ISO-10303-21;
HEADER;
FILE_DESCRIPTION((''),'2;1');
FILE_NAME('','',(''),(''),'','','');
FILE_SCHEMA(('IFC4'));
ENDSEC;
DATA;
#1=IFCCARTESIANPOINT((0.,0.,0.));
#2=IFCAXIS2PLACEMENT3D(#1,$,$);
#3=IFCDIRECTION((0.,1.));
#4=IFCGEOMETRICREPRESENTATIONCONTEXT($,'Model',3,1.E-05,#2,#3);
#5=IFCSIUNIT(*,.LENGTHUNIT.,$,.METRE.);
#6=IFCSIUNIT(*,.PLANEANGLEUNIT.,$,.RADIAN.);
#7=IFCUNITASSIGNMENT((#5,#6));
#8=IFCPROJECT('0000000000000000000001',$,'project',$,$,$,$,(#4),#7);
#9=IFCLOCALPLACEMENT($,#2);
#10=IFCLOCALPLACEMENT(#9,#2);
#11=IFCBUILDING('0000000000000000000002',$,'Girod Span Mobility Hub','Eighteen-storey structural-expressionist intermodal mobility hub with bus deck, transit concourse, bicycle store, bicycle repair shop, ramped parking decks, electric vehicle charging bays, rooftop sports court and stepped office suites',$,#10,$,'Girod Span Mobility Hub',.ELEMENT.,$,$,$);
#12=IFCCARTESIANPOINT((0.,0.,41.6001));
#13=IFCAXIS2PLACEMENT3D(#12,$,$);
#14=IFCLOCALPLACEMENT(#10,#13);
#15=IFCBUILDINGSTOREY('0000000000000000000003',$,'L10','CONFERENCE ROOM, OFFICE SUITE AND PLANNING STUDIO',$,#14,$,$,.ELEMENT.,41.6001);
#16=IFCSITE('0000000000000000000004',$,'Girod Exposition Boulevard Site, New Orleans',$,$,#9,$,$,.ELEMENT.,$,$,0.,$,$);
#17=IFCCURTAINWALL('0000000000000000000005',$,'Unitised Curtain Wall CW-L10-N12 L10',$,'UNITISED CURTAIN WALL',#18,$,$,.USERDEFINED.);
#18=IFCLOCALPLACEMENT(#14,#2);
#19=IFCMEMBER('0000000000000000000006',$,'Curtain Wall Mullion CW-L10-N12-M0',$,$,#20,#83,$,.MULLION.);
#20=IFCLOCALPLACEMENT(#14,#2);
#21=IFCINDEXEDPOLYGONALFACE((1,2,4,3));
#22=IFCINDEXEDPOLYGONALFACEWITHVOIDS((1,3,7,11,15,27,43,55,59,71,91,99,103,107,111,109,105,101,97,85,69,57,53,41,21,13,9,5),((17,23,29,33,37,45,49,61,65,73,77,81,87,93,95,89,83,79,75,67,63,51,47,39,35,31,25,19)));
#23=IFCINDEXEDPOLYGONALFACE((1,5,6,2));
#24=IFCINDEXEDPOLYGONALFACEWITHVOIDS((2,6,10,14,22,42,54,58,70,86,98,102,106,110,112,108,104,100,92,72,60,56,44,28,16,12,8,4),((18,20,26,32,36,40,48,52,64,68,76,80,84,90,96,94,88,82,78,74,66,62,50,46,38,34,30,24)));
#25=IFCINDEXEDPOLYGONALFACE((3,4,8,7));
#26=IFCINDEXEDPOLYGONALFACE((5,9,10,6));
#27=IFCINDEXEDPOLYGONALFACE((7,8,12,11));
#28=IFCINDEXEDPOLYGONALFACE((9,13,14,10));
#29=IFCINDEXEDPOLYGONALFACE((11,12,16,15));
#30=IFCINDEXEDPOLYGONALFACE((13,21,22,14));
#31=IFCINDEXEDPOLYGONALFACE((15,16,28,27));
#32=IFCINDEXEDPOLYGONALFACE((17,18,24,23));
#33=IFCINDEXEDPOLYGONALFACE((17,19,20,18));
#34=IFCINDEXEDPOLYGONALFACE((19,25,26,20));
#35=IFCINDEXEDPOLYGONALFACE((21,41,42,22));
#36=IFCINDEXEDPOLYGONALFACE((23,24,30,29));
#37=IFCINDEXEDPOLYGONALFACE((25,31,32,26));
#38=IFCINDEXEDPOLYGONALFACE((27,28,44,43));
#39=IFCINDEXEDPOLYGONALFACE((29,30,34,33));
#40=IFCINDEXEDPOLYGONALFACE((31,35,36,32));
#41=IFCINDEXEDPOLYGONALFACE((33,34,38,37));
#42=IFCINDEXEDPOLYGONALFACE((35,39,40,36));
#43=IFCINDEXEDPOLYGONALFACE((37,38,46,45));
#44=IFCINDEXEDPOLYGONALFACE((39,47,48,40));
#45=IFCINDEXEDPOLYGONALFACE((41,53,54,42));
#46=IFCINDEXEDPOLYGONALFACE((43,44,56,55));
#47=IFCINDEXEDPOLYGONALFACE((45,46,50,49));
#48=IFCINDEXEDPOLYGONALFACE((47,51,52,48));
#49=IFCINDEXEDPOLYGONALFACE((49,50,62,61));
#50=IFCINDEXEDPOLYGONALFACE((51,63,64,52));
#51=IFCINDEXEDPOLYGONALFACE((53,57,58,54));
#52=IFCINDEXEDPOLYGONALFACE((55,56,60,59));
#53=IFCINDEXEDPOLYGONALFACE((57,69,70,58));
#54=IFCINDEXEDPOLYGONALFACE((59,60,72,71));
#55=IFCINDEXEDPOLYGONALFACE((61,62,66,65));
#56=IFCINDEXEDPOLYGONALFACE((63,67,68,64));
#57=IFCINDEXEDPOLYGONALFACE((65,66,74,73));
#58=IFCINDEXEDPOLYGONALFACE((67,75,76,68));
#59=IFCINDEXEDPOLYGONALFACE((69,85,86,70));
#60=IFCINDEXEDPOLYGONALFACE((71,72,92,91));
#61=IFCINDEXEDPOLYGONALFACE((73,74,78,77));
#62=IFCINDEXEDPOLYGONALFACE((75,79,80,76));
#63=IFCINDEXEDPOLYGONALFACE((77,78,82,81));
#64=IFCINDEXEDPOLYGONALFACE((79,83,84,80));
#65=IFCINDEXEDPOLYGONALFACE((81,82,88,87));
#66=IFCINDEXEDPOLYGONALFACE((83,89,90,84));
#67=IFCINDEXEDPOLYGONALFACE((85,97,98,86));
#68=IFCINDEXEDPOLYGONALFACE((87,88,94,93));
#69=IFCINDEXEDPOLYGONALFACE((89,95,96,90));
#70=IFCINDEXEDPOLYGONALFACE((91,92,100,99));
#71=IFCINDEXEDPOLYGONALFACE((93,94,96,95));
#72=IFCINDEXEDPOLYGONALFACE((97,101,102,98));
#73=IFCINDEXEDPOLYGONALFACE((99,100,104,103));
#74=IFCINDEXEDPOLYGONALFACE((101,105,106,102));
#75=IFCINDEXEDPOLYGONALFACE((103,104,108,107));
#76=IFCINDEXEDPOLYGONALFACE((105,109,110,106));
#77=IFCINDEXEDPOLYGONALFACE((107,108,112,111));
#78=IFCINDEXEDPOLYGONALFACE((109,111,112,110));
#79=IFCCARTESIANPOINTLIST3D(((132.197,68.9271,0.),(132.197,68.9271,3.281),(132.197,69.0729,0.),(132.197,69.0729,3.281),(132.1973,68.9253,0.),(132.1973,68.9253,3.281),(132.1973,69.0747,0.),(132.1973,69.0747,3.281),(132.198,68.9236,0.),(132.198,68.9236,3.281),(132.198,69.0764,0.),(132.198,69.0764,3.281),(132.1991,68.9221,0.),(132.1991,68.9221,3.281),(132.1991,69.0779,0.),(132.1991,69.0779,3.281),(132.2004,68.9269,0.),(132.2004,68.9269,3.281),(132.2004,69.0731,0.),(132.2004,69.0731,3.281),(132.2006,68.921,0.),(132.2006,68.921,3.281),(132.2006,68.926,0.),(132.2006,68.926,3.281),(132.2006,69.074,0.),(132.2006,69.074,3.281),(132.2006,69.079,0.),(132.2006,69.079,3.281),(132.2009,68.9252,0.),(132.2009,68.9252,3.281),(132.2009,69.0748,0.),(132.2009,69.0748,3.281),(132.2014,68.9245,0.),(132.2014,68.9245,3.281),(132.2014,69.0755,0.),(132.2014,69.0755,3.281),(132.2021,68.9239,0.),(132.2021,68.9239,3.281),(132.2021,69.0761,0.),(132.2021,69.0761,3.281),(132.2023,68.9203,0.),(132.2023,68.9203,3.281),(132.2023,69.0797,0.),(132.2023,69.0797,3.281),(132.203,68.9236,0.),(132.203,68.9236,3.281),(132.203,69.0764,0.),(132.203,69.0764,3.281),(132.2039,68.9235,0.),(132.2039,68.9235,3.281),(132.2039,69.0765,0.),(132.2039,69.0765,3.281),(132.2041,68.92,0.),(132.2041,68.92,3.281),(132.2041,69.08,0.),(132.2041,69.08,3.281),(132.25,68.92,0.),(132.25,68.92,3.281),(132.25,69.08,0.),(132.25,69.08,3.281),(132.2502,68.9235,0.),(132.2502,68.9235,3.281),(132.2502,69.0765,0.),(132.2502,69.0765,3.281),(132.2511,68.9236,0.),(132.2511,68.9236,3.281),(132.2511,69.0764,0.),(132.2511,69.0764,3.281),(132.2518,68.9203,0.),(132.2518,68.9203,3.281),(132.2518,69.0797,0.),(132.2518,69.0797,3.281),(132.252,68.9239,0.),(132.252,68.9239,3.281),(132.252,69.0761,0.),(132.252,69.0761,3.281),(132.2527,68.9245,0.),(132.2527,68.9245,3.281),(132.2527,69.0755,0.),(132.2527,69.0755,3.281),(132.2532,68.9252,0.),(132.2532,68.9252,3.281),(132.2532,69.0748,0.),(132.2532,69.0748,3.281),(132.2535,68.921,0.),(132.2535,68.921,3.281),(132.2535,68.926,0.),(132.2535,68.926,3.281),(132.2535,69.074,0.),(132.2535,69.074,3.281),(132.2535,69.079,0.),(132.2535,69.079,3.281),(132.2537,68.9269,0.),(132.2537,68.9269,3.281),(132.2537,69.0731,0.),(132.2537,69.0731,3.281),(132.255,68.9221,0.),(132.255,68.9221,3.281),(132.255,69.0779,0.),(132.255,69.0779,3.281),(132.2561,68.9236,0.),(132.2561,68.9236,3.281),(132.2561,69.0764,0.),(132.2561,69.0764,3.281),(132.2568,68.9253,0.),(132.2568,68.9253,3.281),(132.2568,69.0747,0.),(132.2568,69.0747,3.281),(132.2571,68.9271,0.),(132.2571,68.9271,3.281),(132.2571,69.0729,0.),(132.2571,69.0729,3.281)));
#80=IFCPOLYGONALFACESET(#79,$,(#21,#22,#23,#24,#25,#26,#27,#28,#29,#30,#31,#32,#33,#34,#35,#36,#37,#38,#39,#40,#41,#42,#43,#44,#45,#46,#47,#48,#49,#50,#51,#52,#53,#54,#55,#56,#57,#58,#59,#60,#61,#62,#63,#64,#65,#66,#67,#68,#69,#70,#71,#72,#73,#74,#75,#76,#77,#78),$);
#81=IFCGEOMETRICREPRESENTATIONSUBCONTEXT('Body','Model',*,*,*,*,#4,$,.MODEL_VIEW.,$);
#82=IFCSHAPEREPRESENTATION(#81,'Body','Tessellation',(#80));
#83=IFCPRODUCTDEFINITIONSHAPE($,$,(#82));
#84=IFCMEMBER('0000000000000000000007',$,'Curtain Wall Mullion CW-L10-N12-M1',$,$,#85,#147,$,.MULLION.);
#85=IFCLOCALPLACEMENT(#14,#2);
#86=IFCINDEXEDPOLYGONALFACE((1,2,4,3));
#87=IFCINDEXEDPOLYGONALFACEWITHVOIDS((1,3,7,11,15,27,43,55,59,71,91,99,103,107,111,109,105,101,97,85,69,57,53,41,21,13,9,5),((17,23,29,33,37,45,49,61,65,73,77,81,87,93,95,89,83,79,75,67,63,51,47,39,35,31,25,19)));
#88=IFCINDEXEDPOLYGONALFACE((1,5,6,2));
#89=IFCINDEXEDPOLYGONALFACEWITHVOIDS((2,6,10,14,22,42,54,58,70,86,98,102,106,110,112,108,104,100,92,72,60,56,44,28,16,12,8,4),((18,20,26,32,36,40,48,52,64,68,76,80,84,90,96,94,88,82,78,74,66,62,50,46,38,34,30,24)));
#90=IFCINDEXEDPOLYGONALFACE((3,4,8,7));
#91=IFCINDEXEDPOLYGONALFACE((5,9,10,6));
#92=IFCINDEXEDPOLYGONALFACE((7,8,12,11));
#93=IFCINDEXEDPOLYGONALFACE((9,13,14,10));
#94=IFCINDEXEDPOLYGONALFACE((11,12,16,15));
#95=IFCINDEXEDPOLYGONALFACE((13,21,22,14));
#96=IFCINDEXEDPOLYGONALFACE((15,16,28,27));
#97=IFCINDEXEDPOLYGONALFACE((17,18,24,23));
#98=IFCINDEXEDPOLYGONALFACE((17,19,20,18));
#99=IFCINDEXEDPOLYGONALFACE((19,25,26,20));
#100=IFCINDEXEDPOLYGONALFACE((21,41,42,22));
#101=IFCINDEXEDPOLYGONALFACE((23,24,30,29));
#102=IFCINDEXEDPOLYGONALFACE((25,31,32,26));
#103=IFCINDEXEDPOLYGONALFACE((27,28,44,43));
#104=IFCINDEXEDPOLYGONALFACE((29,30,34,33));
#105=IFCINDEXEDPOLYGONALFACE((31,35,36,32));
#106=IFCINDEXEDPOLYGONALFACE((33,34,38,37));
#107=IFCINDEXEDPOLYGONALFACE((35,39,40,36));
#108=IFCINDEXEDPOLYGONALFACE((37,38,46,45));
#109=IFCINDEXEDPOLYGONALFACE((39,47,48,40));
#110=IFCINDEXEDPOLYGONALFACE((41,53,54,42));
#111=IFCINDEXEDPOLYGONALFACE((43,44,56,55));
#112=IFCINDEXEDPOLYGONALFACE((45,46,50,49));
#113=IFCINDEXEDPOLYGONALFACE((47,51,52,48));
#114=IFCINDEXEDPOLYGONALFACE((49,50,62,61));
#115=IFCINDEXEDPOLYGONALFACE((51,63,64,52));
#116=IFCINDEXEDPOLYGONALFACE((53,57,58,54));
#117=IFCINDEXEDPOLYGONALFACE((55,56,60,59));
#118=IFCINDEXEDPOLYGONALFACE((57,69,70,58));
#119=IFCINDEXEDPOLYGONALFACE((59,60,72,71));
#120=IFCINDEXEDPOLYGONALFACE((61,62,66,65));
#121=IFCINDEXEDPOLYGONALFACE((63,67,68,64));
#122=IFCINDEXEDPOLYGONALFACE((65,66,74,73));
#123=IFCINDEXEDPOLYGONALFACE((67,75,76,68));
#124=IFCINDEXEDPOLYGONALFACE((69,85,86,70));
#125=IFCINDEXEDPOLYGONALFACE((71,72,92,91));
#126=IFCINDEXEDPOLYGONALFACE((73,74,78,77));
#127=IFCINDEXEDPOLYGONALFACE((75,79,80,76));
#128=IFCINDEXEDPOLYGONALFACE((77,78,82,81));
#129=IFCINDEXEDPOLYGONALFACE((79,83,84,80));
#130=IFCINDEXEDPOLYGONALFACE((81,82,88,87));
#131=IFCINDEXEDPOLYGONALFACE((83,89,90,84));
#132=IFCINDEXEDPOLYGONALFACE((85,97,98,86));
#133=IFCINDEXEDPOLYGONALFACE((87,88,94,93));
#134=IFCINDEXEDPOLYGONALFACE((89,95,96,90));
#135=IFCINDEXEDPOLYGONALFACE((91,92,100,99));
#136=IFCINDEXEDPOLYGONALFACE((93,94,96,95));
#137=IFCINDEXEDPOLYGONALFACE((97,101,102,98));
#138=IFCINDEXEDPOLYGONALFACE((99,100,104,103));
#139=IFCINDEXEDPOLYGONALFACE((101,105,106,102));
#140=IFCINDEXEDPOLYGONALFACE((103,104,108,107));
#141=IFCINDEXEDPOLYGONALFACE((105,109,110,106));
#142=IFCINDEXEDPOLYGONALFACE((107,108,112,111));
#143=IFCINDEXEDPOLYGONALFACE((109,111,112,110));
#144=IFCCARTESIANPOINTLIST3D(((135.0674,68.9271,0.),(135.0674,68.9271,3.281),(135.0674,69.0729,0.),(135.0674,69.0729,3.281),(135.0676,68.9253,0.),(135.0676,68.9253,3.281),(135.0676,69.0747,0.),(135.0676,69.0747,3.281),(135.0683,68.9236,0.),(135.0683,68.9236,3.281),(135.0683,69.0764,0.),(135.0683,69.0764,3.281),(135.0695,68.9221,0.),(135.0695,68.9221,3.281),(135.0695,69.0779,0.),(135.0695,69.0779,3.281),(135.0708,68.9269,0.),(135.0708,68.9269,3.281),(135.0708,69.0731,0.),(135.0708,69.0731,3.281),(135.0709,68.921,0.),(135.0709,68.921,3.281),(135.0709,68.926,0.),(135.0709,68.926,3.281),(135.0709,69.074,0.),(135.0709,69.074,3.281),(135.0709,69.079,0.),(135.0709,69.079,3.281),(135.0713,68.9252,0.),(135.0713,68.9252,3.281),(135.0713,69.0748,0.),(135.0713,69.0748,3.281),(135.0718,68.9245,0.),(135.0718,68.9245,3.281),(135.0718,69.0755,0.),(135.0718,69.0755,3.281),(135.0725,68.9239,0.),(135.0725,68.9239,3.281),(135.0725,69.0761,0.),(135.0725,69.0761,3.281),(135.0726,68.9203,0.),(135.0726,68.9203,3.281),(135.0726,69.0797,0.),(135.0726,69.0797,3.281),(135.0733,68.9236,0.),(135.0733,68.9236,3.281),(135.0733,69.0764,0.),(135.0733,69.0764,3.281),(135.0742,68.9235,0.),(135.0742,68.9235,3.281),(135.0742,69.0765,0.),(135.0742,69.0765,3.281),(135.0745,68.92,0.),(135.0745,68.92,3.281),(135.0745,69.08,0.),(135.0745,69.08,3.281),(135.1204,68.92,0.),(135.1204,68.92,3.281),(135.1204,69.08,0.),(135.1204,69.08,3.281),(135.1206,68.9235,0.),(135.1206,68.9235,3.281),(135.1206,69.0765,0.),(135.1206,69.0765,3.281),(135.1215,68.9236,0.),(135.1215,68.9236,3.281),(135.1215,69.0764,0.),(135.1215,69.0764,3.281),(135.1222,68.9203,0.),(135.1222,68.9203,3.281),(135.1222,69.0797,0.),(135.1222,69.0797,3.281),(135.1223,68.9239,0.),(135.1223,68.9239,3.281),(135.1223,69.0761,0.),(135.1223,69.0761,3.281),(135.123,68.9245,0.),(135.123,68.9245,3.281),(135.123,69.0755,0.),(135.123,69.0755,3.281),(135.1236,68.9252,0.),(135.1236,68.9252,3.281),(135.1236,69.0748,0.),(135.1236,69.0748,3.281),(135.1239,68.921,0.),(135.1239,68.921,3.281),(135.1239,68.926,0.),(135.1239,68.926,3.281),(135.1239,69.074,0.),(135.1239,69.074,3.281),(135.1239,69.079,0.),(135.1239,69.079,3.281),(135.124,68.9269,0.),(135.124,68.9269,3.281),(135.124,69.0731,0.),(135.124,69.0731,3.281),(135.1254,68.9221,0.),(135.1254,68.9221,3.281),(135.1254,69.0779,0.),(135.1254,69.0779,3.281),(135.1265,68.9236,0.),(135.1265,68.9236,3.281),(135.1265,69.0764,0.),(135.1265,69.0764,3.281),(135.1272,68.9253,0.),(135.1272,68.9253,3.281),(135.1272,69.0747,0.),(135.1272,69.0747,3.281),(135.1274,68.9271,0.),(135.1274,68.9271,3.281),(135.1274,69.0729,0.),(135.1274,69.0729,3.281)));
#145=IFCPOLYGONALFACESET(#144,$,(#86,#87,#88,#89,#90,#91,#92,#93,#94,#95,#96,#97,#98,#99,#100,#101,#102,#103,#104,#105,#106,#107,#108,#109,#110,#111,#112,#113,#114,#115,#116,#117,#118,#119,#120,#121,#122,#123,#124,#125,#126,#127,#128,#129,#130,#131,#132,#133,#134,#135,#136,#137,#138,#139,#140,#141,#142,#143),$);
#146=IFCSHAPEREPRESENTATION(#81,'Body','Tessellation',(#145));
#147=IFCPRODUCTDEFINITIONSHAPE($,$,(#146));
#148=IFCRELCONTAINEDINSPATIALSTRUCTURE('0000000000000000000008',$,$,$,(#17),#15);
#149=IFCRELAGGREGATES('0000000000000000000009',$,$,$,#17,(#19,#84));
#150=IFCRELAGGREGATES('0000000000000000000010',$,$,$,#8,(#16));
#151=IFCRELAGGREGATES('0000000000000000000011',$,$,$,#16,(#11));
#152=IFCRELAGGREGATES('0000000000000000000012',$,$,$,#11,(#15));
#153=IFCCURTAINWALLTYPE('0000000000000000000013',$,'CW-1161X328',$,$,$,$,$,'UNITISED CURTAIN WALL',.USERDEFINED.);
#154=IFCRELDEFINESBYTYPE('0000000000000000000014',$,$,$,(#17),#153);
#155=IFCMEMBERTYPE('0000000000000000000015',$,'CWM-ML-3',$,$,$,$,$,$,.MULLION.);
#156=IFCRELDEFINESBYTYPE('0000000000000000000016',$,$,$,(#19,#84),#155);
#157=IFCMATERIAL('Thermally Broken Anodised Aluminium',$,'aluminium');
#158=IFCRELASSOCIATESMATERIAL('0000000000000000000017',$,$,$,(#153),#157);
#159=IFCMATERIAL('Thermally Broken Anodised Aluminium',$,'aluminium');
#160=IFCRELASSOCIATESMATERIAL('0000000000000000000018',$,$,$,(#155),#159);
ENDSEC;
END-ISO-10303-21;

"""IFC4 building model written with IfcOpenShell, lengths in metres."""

from ifc_helpers import new_model, si_unit, direction, frame, origin, origin_2d, place, context, subcontext, project, spatial, hollow_rectangle, extrude, material, material_profile, profile_set, type_object, element, aggregate, save


model = new_model("IFC4")

# Units and contexts
model_context = context("Model", 3, precision=1e-05, world=origin(), true_north=direction((0.0, 1.0)))
body_context = subcontext(model_context, "Body", "Model", "MODEL_VIEW")
ifc_project = project(units=[si_unit("LENGTHUNIT", "METRE"), si_unit("PLANEANGLEUNIT", "RADIAN")], contexts=[model_context])

# Site, building, storey
site_placement = place(None, origin())
site = spatial("IfcSite", under=ifc_project, at=site_placement, Name="Girod Exposition Boulevard Site, New Orleans", CompositionType="ELEMENT", RefElevation=0.0)
building_placement = place(site_placement, origin())
building = spatial("IfcBuilding", under=site, at=building_placement, Name="Girod Span Mobility Hub", Description="Eighteen-storey structural-expressionist intermodal mobility hub with bus deck, transit concourse, bicycle store, bicycle repair shop, ramped parking decks, electric vehicle charging bays, rooftop sports court and stepped office suites", LongName="Girod Span Mobility Hub", CompositionType="ELEMENT")
storey_placement = place(building_placement, frame((0.0, 0.0, 41.6001)))
storey = spatial("IfcBuildingStorey", under=building, at=storey_placement, Name="L10", Description="CONFERENCE ROOM, OFFICE SUITE AND PLANNING STUDIO", CompositionType="ELEMENT", Elevation=41.6001)

# Curtain wall, members
ifc_material_1 = material(Name="Thermally Broken Anodised Aluminium", Category="aluminium")
curtain_wall_type = type_object("IfcCurtainWallType", Name="CW-1161X328", ElementType="UNITISED CURTAIN WALL", PredefinedType="USERDEFINED", material=ifc_material_1)
ifc_material_2 = material(Name="Thermally Broken Anodised Aluminium", Category="aluminium")
ifc_material_profile_1 = material_profile(ifc_material_2, hollow_rectangle(XDim=0.1599, YDim=0.0601, WallThickness=0.0034, InnerFilletRadius=0.0034, OuterFilletRadius=0.0071, at=origin_2d()), Name="CW-ML-60X160")
ifc_profile_set_1 = profile_set([ifc_material_profile_1], Name="Thermally Broken Anodised Aluminium")
member_type_1 = type_object("IfcMemberType", Name="CWM-ML-3", PredefinedType="MULLION", material=ifc_profile_set_1)
curtain_wall_1_placement = place(storey_placement, origin())
curtain_wall_1 = element("IfcCurtainWall", 1, at=curtain_wall_1_placement, inside=storey, type_object=curtain_wall_type, Name="Unitised Curtain Wall CW-L10-N12 L10", ObjectType="UNITISED CURTAIN WALL", PredefinedType="USERDEFINED")
member_1_placement = place(storey_placement, frame((132.2271, 69.0, 0.0), z_axis=(0.0, 0.0, 1.0), x_axis=(0.0, 1.0, 0.0)))
member_1 = element("IfcMember", 2, at=member_1_placement, type_object=member_type_1, Name="Curtain Wall Mullion CW-L10-N12-M0", PredefinedType="MULLION", context=body_context, shape_type="SweptSolid", body=[
    extrude(hollow_rectangle(XDim=0.1599, YDim=0.0601, WallThickness=0.0034, InnerFilletRadius=0.0034, OuterFilletRadius=0.0071, at=origin_2d()), origin(), (0.0, 0.0, 1.0), 3.281),
])
member_2_placement = place(storey_placement, frame((135.0974, 69.0, 0.0), z_axis=(0.0, 0.0, 1.0), x_axis=(0.0, 1.0, 0.0)))
member_2 = element("IfcMember", 3, at=member_2_placement, type_object=member_type_1, Name="Curtain Wall Mullion CW-L10-N12-M1", PredefinedType="MULLION", context=body_context, shape_type="SweptSolid", body=[
    extrude(hollow_rectangle(XDim=0.1599, YDim=0.0601, WallThickness=0.0034, InnerFilletRadius=0.0034, OuterFilletRadius=0.0071, at=origin_2d()), origin(), (0.0, 0.0, 1.0), 3.281),
])

aggregate(curtain_wall_1, [member_1, member_2])

save(model, "model.ifc")
